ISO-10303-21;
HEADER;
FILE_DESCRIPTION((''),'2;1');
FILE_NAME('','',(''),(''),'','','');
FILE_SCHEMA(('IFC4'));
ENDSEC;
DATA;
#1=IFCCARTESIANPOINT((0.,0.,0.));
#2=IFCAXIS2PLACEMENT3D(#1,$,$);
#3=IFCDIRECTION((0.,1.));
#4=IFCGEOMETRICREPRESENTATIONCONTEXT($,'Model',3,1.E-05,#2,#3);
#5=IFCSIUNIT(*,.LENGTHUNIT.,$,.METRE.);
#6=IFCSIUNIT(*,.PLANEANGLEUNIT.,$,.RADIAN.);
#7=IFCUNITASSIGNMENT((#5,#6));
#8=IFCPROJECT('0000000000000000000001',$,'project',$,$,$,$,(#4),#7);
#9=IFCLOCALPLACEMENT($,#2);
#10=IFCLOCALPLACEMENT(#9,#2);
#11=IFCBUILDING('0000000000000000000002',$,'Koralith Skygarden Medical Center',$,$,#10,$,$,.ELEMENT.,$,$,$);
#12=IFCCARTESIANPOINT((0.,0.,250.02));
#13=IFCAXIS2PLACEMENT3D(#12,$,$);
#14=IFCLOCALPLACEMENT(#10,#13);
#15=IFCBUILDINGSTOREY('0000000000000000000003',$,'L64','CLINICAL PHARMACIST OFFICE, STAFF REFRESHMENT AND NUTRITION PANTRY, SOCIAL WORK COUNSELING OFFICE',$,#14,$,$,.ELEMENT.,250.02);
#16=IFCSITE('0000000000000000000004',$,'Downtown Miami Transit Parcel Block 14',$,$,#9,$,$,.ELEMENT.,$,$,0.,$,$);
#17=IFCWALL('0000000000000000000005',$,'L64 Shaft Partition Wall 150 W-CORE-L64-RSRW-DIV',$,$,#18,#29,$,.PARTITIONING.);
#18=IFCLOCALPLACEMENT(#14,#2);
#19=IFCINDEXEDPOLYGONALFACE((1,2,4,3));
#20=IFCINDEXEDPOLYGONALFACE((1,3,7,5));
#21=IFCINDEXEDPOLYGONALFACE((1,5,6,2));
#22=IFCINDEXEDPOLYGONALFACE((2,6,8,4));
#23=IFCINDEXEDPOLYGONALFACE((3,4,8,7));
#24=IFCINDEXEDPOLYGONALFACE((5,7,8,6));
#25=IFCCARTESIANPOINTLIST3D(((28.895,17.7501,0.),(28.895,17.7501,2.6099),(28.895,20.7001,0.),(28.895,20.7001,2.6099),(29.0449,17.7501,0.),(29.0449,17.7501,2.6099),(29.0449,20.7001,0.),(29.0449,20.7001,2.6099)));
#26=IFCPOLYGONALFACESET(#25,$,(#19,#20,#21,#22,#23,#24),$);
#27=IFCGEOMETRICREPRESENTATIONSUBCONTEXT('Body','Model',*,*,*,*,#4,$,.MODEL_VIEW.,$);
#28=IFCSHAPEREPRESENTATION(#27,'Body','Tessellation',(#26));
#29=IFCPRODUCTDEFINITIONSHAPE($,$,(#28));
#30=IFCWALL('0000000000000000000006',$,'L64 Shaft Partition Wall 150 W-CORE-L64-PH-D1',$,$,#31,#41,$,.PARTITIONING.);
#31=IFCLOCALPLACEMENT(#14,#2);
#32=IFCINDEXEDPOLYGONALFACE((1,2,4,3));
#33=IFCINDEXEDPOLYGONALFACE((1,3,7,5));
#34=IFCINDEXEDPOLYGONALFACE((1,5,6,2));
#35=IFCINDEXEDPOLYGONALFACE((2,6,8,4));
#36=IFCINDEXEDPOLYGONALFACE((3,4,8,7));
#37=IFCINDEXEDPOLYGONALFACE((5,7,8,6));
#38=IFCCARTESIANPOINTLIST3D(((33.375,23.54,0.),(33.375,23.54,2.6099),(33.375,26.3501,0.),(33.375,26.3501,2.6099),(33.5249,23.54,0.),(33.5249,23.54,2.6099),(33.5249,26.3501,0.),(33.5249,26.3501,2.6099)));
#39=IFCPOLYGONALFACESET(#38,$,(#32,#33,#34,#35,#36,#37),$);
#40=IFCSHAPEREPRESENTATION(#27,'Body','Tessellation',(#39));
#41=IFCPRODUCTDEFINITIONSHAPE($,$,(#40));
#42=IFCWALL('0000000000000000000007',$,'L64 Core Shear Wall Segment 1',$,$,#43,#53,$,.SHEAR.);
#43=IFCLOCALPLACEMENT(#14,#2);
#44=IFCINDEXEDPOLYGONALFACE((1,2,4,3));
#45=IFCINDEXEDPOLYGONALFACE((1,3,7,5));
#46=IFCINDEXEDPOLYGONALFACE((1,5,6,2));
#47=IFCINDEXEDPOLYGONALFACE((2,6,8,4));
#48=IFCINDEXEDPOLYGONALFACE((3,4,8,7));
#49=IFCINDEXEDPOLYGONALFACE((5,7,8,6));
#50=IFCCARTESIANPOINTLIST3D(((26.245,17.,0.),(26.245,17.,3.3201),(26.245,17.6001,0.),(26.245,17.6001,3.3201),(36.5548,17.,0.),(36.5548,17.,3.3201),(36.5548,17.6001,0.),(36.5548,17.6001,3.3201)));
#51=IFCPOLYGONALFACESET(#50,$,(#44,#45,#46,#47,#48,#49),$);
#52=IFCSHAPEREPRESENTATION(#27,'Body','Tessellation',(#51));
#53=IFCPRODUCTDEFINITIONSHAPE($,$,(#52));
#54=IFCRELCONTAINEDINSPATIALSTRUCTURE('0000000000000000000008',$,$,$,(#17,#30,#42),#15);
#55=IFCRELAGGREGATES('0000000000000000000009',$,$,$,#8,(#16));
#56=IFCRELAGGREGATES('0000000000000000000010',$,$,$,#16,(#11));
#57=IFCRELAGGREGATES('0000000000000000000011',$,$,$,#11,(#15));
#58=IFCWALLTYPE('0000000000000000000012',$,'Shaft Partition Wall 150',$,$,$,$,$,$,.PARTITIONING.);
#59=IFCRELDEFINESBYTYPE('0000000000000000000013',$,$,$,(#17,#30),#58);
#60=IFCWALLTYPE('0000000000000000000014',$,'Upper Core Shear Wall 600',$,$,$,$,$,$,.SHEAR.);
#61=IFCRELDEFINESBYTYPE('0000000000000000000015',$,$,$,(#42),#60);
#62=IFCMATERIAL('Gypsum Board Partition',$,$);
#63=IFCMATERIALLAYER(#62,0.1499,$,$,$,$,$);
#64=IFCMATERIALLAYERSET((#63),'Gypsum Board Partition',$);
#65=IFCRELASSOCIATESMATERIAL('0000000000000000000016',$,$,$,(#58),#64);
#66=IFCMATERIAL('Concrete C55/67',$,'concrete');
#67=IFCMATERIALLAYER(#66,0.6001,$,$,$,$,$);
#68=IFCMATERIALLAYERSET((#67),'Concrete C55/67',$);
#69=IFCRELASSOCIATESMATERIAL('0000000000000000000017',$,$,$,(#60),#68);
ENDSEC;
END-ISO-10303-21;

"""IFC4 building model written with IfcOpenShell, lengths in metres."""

from ifc_helpers import new_model, si_unit, direction, frame, frame_2d, origin, place, context, subcontext, project, spatial, rectangle, extrude, material, layer, layer_set, type_object, element, save


model = new_model("IFC4")

# Units and contexts
model_context = context("Model", 3, precision=1e-05, world=origin(), true_north=direction((0.0, 1.0)))
body_context = subcontext(model_context, "Body", "Model", "MODEL_VIEW")
ifc_project = project(units=[si_unit("LENGTHUNIT", "METRE"), si_unit("PLANEANGLEUNIT", "RADIAN")], contexts=[model_context])

# Site, building, storey
site_placement = place(None, origin())
site = spatial("IfcSite", under=ifc_project, at=site_placement, Name="Downtown Miami Transit Parcel Block 14", CompositionType="ELEMENT", RefElevation=0.0)
building_placement = place(site_placement, origin())
building = spatial("IfcBuilding", under=site, at=building_placement, Name="Koralith Skygarden Medical Center", CompositionType="ELEMENT")
storey_placement = place(building_placement, frame((0.0, 0.0, 250.02)))
storey = spatial("IfcBuildingStorey", under=building, at=storey_placement, Name="L64", Description="CLINICAL PHARMACIST OFFICE, STAFF REFRESHMENT AND NUTRITION PANTRY, SOCIAL WORK COUNSELING OFFICE", CompositionType="ELEMENT", Elevation=250.02)

# Shared definitions
ifc_material_1 = material(Name="Concrete C55/67", Category="concrete")

# Shared definitions
ifc_material_2 = material(Name="Gypsum Board Partition")

# Walls
ifc_layer_1 = layer(ifc_material_2, 0.1499)
ifc_layer_set_1 = layer_set([ifc_layer_1], Name="Gypsum Board Partition")
wall_type_1 = type_object("IfcWallType", Name="Shaft Partition Wall 150", PredefinedType="PARTITIONING", material=ifc_layer_set_1)
wall_1_placement = place(storey_placement, frame((28.97, 17.75, 0.0), z_axis=(0.0, 0.0, 1.0), x_axis=(0.0, 1.0, 0.0)))
element("IfcWall", 1, at=wall_1_placement, inside=storey, type_object=wall_type_1, Name="L64 Shaft Partition Wall 150 W-CORE-L64-RSRW-DIV", PredefinedType="PARTITIONING", context=body_context, shape_type="SweptSolid", body=[
    extrude(rectangle(XDim=2.95, YDim=0.1499, at=frame_2d((1.4751, 0.0))), origin(), (0.0, 0.0, 1.0), 2.6099),
])
wall_2_placement = place(storey_placement, frame((33.45, 23.54, 0.0), z_axis=(0.0, 0.0, 1.0), x_axis=(0.0, 1.0, 0.0)))
element("IfcWall", 2, at=wall_2_placement, inside=storey, type_object=wall_type_1, Name="L64 Shaft Partition Wall 150 W-CORE-L64-PH-D1", PredefinedType="PARTITIONING", context=body_context, shape_type="SweptSolid", body=[
    extrude(rectangle(XDim=2.8101, YDim=0.1499, at=frame_2d((1.405, 0.0))), origin(), (0.0, 0.0, 1.0), 2.6099),
])

# Wall
ifc_layer_2 = layer(ifc_material_1, 0.6001)
ifc_layer_set_2 = layer_set([ifc_layer_2], Name="Concrete C55/67")
wall_type_2 = type_object("IfcWallType", Name="Upper Core Shear Wall 600", PredefinedType="SHEAR", material=ifc_layer_set_2)
wall_3_placement = place(storey_placement, frame((26.2451, 17.3, 0.0), z_axis=(0.0, 0.0, 1.0), x_axis=(1.0, 0.0, 0.0)))
element("IfcWall", 3, at=wall_3_placement, inside=storey, type_object=wall_type_2, Name="L64 Core Shear Wall Segment 1", PredefinedType="SHEAR", context=body_context, shape_type="SweptSolid", body=[
    extrude(rectangle(XDim=10.3098, YDim=0.6001, at=frame_2d((5.1548, 0.0))), origin(), (0.0, 0.0, 1.0), 3.3201),
])

save(model, "model.ifc")
